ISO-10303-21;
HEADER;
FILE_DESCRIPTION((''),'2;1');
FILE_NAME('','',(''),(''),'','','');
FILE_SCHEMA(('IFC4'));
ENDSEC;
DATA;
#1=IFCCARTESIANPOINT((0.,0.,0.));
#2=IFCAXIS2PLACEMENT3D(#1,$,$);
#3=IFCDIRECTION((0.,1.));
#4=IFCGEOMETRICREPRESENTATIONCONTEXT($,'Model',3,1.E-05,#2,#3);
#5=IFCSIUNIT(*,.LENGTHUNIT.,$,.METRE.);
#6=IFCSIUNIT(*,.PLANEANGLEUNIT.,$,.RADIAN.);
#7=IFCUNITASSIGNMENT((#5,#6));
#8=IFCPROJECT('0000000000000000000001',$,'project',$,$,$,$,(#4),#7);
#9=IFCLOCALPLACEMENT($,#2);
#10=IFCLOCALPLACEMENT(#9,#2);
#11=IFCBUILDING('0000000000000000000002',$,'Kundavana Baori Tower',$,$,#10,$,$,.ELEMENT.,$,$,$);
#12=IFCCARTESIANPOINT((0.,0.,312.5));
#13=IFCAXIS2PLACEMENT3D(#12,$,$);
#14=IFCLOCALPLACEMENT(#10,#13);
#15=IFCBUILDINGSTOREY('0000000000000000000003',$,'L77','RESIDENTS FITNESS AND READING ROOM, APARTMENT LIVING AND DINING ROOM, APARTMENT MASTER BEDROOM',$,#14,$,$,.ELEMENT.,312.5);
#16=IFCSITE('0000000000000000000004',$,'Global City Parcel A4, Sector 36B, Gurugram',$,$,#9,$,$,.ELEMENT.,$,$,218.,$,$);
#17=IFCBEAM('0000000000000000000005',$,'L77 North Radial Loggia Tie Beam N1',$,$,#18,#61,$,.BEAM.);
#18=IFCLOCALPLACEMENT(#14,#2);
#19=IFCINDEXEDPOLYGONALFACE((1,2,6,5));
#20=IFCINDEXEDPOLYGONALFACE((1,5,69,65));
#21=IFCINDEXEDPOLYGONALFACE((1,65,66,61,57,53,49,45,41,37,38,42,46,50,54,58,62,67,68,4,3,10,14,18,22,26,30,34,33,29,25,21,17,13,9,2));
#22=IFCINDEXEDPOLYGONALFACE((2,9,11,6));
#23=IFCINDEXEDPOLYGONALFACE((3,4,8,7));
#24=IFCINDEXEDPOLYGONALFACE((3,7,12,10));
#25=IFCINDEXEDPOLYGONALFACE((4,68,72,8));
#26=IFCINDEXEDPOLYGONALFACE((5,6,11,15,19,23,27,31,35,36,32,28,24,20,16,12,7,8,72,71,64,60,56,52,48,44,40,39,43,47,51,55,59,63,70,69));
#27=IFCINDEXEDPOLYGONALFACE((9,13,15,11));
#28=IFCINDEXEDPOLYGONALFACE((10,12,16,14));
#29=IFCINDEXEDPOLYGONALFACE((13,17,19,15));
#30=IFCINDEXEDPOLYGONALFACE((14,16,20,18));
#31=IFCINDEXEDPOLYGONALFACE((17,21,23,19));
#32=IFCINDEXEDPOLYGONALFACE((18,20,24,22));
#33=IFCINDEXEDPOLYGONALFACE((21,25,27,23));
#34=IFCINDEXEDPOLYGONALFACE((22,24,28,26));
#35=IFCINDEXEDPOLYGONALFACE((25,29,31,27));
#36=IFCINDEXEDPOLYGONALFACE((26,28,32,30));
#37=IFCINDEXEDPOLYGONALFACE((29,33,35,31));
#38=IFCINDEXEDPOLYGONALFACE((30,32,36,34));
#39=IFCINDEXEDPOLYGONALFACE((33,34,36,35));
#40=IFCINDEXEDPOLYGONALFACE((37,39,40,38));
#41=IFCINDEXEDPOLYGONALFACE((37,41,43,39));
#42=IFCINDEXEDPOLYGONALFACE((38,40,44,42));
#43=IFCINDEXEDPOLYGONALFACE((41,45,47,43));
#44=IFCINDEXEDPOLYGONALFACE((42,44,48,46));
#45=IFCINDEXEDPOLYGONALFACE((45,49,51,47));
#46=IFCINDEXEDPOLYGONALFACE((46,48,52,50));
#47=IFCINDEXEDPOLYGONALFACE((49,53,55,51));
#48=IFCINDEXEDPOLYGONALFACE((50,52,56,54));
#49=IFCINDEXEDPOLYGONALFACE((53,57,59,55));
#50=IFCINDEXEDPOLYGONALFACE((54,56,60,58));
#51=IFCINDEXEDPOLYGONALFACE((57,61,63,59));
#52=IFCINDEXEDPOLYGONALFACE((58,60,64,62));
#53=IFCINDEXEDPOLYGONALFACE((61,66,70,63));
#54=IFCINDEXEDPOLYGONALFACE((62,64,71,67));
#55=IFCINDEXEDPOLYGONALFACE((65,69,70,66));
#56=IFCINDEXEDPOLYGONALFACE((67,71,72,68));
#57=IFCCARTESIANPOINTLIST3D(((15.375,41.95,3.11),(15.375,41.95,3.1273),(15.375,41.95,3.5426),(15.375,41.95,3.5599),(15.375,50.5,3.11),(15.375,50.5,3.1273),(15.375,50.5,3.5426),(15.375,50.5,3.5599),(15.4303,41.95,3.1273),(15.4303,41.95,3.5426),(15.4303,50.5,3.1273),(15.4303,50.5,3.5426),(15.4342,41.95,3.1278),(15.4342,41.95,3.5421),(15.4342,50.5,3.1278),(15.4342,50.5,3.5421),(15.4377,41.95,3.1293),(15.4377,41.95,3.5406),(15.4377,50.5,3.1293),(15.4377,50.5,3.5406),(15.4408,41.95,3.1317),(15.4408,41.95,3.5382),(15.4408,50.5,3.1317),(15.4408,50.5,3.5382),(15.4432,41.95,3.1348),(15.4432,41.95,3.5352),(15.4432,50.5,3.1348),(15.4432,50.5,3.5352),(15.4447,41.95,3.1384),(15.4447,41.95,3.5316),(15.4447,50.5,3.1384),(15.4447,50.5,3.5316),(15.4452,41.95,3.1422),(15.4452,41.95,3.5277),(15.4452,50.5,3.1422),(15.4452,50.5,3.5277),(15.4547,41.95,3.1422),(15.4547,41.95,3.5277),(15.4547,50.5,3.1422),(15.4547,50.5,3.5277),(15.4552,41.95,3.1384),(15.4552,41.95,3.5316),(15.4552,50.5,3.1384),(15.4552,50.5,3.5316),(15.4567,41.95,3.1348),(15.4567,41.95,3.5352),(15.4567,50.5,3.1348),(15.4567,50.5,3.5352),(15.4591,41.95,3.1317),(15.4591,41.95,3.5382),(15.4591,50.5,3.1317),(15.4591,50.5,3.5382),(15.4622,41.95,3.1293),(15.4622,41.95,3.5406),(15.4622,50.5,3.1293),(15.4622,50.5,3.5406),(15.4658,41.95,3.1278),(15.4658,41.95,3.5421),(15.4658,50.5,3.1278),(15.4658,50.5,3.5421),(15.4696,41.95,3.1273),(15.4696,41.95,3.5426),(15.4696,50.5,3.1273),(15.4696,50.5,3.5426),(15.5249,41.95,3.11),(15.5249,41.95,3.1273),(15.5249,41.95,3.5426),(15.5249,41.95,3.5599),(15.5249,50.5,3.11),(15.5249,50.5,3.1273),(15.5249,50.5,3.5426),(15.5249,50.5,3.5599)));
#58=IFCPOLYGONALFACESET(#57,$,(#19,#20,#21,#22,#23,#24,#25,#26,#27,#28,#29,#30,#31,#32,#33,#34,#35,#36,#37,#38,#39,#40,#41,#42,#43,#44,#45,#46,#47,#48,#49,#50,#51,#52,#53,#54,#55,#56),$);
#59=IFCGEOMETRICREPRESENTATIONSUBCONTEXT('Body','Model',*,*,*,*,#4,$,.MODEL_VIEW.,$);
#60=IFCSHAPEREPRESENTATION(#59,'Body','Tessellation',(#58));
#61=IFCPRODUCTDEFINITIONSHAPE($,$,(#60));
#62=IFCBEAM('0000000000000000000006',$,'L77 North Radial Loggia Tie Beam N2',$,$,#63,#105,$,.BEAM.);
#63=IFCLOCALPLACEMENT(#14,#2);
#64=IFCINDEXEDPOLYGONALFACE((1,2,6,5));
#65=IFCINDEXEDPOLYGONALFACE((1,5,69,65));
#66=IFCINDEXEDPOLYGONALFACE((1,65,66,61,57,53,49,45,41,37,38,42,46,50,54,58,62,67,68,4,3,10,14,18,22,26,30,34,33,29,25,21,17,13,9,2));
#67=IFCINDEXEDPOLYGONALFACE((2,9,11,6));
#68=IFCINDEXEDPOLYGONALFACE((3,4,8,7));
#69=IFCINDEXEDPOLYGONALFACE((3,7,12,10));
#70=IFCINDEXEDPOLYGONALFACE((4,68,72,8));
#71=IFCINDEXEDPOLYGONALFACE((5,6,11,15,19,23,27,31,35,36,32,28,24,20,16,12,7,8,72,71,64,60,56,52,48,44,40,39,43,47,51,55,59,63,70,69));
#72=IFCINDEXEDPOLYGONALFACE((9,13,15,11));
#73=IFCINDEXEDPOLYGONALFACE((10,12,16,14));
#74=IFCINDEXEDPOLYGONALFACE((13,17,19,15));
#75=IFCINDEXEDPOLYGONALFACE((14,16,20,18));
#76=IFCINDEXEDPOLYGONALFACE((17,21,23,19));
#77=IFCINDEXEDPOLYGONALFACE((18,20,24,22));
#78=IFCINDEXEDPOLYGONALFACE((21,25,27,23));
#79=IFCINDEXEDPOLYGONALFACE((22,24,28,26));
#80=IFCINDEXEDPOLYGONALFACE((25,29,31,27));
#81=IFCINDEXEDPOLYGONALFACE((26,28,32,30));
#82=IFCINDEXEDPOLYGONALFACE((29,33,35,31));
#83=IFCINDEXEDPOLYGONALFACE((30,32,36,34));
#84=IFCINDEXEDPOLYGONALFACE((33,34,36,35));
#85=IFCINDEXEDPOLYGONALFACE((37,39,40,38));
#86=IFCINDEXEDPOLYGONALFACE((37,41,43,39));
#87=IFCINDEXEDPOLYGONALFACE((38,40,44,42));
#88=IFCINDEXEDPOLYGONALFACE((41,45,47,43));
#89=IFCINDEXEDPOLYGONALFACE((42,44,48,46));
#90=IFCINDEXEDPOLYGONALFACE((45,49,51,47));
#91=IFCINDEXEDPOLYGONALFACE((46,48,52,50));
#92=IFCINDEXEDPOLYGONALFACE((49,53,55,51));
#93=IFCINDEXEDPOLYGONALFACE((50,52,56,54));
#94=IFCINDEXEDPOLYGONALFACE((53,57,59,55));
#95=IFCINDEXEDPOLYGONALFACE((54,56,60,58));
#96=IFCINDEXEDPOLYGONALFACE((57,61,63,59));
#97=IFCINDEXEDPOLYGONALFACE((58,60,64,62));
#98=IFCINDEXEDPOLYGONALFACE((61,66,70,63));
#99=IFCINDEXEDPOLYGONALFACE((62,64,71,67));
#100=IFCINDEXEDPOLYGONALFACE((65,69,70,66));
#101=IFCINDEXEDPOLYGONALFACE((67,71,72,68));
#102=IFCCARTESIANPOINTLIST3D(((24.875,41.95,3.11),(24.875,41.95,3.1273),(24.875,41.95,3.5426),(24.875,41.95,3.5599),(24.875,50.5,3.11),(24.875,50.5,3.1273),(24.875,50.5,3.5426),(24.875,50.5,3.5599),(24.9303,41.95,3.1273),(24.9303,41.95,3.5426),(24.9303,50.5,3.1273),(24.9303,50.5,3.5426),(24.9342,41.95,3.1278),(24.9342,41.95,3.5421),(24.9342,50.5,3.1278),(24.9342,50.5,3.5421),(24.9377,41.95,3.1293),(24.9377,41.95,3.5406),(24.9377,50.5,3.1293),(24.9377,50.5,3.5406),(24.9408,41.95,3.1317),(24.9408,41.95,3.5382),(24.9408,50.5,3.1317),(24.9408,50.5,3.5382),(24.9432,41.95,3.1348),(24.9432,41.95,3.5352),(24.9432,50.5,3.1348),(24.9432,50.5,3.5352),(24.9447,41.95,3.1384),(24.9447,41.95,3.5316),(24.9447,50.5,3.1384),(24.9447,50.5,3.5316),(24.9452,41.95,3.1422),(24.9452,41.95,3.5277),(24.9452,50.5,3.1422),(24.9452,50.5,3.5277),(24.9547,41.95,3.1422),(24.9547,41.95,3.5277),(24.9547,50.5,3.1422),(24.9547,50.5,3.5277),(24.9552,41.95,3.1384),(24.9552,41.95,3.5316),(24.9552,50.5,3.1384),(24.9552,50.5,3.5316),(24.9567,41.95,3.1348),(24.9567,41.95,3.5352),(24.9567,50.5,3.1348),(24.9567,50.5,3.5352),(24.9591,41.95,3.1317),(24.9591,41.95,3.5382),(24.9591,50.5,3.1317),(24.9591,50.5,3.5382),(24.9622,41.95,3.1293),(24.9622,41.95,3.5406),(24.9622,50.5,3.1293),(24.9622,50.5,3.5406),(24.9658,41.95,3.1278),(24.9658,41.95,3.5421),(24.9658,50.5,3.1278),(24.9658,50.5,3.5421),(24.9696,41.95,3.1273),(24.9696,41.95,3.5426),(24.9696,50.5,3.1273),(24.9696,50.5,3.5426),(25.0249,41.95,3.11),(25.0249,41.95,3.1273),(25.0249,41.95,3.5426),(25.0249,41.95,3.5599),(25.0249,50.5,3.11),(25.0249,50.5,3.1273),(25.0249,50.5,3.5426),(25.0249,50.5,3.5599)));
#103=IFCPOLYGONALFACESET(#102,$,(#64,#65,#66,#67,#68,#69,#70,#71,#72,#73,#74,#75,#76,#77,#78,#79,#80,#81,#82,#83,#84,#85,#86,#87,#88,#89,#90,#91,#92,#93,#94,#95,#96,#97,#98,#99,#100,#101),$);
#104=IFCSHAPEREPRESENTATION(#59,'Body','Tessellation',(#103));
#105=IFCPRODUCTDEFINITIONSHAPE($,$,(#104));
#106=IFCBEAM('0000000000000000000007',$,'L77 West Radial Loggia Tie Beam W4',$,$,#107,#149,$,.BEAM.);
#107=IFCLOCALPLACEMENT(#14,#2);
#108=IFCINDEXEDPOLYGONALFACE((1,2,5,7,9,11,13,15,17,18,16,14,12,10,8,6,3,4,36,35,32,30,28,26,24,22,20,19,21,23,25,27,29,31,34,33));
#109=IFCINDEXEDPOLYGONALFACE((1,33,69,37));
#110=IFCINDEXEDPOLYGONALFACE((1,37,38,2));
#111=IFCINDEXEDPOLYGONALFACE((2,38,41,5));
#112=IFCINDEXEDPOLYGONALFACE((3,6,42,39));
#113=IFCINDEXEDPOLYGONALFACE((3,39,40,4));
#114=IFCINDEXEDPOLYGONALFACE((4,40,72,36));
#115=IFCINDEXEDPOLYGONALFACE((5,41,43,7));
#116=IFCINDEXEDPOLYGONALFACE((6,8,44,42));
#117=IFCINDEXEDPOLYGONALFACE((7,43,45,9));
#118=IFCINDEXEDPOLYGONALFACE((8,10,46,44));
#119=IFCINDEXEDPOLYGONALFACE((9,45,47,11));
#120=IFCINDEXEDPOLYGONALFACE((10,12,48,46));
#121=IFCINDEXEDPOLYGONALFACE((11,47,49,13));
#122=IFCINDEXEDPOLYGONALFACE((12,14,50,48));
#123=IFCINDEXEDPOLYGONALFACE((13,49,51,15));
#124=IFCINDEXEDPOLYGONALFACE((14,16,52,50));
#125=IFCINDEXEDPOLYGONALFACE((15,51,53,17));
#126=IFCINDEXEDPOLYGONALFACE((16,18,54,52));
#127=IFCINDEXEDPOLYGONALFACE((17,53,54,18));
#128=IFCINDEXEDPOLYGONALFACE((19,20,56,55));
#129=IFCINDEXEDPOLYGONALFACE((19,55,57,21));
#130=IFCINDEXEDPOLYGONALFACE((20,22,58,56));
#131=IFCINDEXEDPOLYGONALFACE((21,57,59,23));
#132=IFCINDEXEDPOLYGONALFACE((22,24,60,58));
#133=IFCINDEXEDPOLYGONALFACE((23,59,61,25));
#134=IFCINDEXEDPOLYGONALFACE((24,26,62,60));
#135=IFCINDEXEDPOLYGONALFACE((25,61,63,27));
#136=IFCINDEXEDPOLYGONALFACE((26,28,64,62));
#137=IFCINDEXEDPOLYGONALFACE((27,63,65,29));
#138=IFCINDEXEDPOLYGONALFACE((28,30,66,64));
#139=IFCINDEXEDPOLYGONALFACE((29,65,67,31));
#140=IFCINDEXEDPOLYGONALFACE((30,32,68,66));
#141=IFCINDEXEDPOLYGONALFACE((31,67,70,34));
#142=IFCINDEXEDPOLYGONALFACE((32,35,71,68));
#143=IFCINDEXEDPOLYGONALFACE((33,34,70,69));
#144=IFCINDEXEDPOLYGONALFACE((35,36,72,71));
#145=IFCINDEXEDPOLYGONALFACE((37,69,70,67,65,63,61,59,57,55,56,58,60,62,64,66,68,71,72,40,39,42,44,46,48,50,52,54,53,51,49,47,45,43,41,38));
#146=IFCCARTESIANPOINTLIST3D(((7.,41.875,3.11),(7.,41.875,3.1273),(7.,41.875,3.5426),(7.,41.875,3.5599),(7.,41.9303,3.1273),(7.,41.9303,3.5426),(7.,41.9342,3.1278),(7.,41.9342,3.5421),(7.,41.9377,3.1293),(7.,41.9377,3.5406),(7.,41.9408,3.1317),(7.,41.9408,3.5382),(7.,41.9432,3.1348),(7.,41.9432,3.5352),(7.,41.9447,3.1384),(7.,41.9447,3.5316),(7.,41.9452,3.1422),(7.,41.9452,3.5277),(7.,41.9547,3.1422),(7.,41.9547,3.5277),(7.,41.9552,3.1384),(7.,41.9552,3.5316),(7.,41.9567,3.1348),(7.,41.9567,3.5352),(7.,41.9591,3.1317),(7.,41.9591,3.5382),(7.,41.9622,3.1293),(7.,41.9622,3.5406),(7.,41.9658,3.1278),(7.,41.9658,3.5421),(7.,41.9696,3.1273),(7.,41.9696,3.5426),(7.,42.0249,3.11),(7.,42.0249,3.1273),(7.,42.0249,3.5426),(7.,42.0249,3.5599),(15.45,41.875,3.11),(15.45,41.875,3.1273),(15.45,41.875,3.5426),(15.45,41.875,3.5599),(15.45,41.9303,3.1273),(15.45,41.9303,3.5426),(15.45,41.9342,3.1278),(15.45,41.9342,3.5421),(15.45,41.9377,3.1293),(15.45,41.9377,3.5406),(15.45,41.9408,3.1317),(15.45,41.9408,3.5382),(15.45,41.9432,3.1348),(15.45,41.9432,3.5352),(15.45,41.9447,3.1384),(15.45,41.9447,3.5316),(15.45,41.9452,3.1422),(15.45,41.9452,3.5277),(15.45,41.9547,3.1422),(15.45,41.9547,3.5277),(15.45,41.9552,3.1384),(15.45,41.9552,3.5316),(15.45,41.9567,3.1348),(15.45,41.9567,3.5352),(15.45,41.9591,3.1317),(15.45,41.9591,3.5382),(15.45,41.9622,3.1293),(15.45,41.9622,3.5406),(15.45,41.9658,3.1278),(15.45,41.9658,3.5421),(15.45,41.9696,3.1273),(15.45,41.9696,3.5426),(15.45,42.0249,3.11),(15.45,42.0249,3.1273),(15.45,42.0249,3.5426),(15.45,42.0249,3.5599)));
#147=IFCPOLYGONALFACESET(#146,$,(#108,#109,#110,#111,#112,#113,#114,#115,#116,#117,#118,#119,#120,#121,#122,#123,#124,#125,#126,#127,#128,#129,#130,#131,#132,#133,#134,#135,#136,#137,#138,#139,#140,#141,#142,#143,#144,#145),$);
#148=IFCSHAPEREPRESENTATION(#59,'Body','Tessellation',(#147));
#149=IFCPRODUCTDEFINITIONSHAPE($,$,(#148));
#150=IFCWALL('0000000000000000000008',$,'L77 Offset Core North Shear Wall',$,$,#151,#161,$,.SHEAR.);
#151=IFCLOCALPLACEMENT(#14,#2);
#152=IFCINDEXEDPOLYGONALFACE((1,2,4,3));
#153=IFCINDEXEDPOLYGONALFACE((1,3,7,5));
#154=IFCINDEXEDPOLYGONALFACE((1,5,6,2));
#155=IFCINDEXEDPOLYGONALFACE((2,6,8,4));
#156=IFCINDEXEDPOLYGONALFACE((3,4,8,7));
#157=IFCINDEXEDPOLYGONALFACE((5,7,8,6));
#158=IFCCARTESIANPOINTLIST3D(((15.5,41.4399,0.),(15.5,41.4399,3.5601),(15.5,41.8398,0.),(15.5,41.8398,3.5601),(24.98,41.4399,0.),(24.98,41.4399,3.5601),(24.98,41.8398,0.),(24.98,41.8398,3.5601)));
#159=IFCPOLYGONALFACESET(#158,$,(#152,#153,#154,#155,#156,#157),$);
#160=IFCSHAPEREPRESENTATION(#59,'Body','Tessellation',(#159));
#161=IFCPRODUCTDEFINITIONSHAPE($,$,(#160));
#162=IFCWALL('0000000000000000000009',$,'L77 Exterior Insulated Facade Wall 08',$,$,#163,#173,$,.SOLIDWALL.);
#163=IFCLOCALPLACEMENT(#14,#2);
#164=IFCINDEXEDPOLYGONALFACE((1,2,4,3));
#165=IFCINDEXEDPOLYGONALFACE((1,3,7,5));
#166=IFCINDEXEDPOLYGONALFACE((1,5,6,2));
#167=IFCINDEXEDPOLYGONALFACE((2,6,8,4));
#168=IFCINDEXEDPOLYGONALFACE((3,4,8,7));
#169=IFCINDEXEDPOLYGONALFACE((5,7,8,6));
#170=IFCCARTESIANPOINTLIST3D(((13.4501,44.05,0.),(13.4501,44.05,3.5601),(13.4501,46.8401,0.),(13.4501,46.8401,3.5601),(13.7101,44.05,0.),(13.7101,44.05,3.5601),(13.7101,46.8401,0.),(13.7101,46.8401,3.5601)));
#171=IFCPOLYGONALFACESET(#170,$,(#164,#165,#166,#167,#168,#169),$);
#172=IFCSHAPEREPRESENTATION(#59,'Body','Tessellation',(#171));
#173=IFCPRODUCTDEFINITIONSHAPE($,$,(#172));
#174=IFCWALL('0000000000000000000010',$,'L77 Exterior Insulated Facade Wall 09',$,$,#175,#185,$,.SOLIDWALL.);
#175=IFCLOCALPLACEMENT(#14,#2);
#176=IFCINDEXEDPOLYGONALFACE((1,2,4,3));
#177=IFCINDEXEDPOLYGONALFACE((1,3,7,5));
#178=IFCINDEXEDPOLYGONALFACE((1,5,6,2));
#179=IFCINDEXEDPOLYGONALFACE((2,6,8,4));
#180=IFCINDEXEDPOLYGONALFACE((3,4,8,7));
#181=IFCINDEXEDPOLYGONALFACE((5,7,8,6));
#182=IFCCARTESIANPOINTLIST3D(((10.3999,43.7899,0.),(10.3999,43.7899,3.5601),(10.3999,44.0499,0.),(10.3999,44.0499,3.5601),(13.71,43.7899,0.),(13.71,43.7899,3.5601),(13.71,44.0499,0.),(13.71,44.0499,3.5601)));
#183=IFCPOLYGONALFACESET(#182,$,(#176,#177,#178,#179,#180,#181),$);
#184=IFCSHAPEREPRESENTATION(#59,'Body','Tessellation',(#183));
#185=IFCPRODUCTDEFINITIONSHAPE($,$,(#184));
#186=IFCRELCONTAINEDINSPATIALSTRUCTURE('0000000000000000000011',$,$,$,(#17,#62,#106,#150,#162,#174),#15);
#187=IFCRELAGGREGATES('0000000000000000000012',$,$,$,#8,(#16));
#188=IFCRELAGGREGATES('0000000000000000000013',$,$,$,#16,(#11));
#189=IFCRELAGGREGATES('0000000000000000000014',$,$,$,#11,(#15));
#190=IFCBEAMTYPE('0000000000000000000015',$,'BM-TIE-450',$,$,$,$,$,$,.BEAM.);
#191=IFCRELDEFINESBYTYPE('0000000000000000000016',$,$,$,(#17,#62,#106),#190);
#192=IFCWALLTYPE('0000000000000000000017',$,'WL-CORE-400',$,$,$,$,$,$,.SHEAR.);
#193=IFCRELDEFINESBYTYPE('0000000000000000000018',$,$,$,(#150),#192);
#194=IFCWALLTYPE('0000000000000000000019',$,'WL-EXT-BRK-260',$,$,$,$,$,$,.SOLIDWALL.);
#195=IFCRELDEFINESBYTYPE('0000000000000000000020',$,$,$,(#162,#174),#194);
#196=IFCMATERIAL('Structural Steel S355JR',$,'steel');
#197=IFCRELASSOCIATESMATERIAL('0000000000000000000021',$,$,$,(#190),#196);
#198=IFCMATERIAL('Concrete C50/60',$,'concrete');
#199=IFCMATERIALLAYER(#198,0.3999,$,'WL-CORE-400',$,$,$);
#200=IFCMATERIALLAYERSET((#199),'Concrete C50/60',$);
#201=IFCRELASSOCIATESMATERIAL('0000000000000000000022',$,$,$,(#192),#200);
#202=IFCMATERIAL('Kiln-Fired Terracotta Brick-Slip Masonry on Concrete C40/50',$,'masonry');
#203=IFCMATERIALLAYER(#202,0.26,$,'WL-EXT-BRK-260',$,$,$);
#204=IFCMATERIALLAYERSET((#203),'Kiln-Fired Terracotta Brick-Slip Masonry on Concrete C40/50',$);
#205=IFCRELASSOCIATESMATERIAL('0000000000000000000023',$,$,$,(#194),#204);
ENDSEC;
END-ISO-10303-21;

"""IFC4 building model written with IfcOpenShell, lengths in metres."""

from ifc_helpers import new_model, si_unit, direction, frame, frame_2d, origin, origin_2d, place, context, subcontext, project, spatial, rectangle, i_section, extrude, material, layer, layer_set, material_profile, profile_set, type_object, element, save


model = new_model("IFC4")

# Units and contexts
model_context = context("Model", 3, precision=1e-05, world=origin(), true_north=direction((0.0, 1.0)))
body_context = subcontext(model_context, "Body", "Model", "MODEL_VIEW")
ifc_project = project(units=[si_unit("LENGTHUNIT", "METRE"), si_unit("PLANEANGLEUNIT", "RADIAN")], contexts=[model_context])

# Site, building, storey
site_placement = place(None, origin())
site = spatial("IfcSite", under=ifc_project, at=site_placement, Name="Global City Parcel A4, Sector 36B, Gurugram", CompositionType="ELEMENT", RefElevation=218.0)
building_placement = place(site_placement, origin())
building = spatial("IfcBuilding", under=site, at=building_placement, Name="Kundavana Baori Tower", CompositionType="ELEMENT")
storey_placement = place(building_placement, frame((0.0, 0.0, 312.5)))
storey = spatial("IfcBuildingStorey", under=building, at=storey_placement, Name="L77", Description="RESIDENTS FITNESS AND READING ROOM, APARTMENT LIVING AND DINING ROOM, APARTMENT MASTER BEDROOM", CompositionType="ELEMENT", Elevation=312.5)

# Beams
ifc_material_1 = material(Name="Structural Steel S355JR", Category="steel")
ifc_material_profile_1 = material_profile(ifc_material_1, i_section(OverallWidth=0.1499, OverallDepth=0.45, WebThickness=0.0095, FlangeThickness=0.0173, FilletRadius=0.0149, at=origin_2d()), Name="ISMB 450")
ifc_profile_set_1 = profile_set([ifc_material_profile_1], Name="Structural Steel S355JR")
beam_type_1 = type_object("IfcBeamType", Name="BM-TIE-450", PredefinedType="BEAM", material=ifc_profile_set_1)
for number, where, z_axis, x_axis, name in (
    (1, (15.45, 41.95, 3.335), (0.0, 1.0, 0.0), (-1.0, 0.0, 0.0), "L77 North Radial Loggia Tie Beam N1"),
    (2, (24.95, 41.95, 3.335), (0.0, 1.0, 0.0), (-1.0, 0.0, 0.0), "L77 North Radial Loggia Tie Beam N2"),
):
    element("IfcBeam", number, at=place(storey_placement, frame(where, z_axis=z_axis, x_axis=x_axis)), inside=storey, type_object=beam_type_1, Name=name, PredefinedType="BEAM", context=body_context, shape_type="SweptSolid", body=[
        extrude(i_section(OverallWidth=0.1499, OverallDepth=0.45, WebThickness=0.0095, FlangeThickness=0.0173, FilletRadius=0.0149, at=origin_2d()), origin(), (0.0, 0.0, 1.0), 8.55),
    ])
beam_1_placement = place(storey_placement, frame((15.45, 41.95, 3.335), z_axis=(-1.0, 0.0, 0.0), x_axis=(0.0, -1.0, 0.0)))
element("IfcBeam", 3, at=beam_1_placement, inside=storey, type_object=beam_type_1, Name="L77 West Radial Loggia Tie Beam W4", PredefinedType="BEAM", context=body_context, shape_type="SweptSolid", body=[
    extrude(i_section(OverallWidth=0.1499, OverallDepth=0.45, WebThickness=0.0095, FlangeThickness=0.0173, FilletRadius=0.0149, at=origin_2d()), origin(), (0.0, 0.0, 1.0), 8.45),
])

# Walls
ifc_material_2 = material(Name="Concrete C50/60", Category="concrete")
ifc_layer_1 = layer(ifc_material_2, 0.3999, Name="WL-CORE-400")
ifc_layer_set_1 = layer_set([ifc_layer_1], Name="Concrete C50/60")
wall_type_1 = type_object("IfcWallType", Name="WL-CORE-400", PredefinedType="SHEAR", material=ifc_layer_set_1)
wall_1_placement = place(storey_placement, frame((15.5, 41.6399, 0.0), z_axis=(0.0, 0.0, 1.0), x_axis=(1.0, 0.0, 0.0)))
element("IfcWall", 4, at=wall_1_placement, inside=storey, type_object=wall_type_1, Name="L77 Offset Core North Shear Wall", PredefinedType="SHEAR", context=body_context, shape_type="SweptSolid", body=[
    extrude(rectangle(XDim=9.48, YDim=0.3999, at=frame_2d((4.74, 0.0))), origin(), (0.0, 0.0, 1.0), 3.5601),
])
ifc_material_3 = material(Name="Kiln-Fired Terracotta Brick-Slip Masonry on Concrete C40/50", Category="masonry")
ifc_layer_2 = layer(ifc_material_3, 0.26, Name="WL-EXT-BRK-260")
ifc_layer_set_2 = layer_set([ifc_layer_2], Name="Kiln-Fired Terracotta Brick-Slip Masonry on Concrete C40/50")
wall_type_2 = type_object("IfcWallType", Name="WL-EXT-BRK-260", PredefinedType="SOLIDWALL", material=ifc_layer_set_2)
wall_2_placement = place(storey_placement, frame((13.5801, 46.8401, 0.0), z_axis=(0.0, 0.0, 1.0), x_axis=(0.0, -1.0, 0.0)))
element("IfcWall", 5, at=wall_2_placement, inside=storey, type_object=wall_type_2, Name="L77 Exterior Insulated Facade Wall 08", PredefinedType="SOLIDWALL", context=body_context, shape_type="SweptSolid", body=[
    extrude(rectangle(XDim=2.79, YDim=0.26, at=frame_2d((1.395, 0.0))), origin(), (0.0, 0.0, 1.0), 3.5601),
])
wall_3_placement = place(storey_placement, frame((13.71, 43.9199, 0.0), z_axis=(0.0, 0.0, 1.0), x_axis=(-1.0, 0.0, 0.0)))
element("IfcWall", 6, at=wall_3_placement, inside=storey, type_object=wall_type_2, Name="L77 Exterior Insulated Facade Wall 09", PredefinedType="SOLIDWALL", context=body_context, shape_type="SweptSolid", body=[
    extrude(rectangle(XDim=3.3101, YDim=0.26, at=frame_2d((1.655, 0.0))), origin(), (0.0, 0.0, 1.0), 3.5601),
])

save(model, "model.ifc")
